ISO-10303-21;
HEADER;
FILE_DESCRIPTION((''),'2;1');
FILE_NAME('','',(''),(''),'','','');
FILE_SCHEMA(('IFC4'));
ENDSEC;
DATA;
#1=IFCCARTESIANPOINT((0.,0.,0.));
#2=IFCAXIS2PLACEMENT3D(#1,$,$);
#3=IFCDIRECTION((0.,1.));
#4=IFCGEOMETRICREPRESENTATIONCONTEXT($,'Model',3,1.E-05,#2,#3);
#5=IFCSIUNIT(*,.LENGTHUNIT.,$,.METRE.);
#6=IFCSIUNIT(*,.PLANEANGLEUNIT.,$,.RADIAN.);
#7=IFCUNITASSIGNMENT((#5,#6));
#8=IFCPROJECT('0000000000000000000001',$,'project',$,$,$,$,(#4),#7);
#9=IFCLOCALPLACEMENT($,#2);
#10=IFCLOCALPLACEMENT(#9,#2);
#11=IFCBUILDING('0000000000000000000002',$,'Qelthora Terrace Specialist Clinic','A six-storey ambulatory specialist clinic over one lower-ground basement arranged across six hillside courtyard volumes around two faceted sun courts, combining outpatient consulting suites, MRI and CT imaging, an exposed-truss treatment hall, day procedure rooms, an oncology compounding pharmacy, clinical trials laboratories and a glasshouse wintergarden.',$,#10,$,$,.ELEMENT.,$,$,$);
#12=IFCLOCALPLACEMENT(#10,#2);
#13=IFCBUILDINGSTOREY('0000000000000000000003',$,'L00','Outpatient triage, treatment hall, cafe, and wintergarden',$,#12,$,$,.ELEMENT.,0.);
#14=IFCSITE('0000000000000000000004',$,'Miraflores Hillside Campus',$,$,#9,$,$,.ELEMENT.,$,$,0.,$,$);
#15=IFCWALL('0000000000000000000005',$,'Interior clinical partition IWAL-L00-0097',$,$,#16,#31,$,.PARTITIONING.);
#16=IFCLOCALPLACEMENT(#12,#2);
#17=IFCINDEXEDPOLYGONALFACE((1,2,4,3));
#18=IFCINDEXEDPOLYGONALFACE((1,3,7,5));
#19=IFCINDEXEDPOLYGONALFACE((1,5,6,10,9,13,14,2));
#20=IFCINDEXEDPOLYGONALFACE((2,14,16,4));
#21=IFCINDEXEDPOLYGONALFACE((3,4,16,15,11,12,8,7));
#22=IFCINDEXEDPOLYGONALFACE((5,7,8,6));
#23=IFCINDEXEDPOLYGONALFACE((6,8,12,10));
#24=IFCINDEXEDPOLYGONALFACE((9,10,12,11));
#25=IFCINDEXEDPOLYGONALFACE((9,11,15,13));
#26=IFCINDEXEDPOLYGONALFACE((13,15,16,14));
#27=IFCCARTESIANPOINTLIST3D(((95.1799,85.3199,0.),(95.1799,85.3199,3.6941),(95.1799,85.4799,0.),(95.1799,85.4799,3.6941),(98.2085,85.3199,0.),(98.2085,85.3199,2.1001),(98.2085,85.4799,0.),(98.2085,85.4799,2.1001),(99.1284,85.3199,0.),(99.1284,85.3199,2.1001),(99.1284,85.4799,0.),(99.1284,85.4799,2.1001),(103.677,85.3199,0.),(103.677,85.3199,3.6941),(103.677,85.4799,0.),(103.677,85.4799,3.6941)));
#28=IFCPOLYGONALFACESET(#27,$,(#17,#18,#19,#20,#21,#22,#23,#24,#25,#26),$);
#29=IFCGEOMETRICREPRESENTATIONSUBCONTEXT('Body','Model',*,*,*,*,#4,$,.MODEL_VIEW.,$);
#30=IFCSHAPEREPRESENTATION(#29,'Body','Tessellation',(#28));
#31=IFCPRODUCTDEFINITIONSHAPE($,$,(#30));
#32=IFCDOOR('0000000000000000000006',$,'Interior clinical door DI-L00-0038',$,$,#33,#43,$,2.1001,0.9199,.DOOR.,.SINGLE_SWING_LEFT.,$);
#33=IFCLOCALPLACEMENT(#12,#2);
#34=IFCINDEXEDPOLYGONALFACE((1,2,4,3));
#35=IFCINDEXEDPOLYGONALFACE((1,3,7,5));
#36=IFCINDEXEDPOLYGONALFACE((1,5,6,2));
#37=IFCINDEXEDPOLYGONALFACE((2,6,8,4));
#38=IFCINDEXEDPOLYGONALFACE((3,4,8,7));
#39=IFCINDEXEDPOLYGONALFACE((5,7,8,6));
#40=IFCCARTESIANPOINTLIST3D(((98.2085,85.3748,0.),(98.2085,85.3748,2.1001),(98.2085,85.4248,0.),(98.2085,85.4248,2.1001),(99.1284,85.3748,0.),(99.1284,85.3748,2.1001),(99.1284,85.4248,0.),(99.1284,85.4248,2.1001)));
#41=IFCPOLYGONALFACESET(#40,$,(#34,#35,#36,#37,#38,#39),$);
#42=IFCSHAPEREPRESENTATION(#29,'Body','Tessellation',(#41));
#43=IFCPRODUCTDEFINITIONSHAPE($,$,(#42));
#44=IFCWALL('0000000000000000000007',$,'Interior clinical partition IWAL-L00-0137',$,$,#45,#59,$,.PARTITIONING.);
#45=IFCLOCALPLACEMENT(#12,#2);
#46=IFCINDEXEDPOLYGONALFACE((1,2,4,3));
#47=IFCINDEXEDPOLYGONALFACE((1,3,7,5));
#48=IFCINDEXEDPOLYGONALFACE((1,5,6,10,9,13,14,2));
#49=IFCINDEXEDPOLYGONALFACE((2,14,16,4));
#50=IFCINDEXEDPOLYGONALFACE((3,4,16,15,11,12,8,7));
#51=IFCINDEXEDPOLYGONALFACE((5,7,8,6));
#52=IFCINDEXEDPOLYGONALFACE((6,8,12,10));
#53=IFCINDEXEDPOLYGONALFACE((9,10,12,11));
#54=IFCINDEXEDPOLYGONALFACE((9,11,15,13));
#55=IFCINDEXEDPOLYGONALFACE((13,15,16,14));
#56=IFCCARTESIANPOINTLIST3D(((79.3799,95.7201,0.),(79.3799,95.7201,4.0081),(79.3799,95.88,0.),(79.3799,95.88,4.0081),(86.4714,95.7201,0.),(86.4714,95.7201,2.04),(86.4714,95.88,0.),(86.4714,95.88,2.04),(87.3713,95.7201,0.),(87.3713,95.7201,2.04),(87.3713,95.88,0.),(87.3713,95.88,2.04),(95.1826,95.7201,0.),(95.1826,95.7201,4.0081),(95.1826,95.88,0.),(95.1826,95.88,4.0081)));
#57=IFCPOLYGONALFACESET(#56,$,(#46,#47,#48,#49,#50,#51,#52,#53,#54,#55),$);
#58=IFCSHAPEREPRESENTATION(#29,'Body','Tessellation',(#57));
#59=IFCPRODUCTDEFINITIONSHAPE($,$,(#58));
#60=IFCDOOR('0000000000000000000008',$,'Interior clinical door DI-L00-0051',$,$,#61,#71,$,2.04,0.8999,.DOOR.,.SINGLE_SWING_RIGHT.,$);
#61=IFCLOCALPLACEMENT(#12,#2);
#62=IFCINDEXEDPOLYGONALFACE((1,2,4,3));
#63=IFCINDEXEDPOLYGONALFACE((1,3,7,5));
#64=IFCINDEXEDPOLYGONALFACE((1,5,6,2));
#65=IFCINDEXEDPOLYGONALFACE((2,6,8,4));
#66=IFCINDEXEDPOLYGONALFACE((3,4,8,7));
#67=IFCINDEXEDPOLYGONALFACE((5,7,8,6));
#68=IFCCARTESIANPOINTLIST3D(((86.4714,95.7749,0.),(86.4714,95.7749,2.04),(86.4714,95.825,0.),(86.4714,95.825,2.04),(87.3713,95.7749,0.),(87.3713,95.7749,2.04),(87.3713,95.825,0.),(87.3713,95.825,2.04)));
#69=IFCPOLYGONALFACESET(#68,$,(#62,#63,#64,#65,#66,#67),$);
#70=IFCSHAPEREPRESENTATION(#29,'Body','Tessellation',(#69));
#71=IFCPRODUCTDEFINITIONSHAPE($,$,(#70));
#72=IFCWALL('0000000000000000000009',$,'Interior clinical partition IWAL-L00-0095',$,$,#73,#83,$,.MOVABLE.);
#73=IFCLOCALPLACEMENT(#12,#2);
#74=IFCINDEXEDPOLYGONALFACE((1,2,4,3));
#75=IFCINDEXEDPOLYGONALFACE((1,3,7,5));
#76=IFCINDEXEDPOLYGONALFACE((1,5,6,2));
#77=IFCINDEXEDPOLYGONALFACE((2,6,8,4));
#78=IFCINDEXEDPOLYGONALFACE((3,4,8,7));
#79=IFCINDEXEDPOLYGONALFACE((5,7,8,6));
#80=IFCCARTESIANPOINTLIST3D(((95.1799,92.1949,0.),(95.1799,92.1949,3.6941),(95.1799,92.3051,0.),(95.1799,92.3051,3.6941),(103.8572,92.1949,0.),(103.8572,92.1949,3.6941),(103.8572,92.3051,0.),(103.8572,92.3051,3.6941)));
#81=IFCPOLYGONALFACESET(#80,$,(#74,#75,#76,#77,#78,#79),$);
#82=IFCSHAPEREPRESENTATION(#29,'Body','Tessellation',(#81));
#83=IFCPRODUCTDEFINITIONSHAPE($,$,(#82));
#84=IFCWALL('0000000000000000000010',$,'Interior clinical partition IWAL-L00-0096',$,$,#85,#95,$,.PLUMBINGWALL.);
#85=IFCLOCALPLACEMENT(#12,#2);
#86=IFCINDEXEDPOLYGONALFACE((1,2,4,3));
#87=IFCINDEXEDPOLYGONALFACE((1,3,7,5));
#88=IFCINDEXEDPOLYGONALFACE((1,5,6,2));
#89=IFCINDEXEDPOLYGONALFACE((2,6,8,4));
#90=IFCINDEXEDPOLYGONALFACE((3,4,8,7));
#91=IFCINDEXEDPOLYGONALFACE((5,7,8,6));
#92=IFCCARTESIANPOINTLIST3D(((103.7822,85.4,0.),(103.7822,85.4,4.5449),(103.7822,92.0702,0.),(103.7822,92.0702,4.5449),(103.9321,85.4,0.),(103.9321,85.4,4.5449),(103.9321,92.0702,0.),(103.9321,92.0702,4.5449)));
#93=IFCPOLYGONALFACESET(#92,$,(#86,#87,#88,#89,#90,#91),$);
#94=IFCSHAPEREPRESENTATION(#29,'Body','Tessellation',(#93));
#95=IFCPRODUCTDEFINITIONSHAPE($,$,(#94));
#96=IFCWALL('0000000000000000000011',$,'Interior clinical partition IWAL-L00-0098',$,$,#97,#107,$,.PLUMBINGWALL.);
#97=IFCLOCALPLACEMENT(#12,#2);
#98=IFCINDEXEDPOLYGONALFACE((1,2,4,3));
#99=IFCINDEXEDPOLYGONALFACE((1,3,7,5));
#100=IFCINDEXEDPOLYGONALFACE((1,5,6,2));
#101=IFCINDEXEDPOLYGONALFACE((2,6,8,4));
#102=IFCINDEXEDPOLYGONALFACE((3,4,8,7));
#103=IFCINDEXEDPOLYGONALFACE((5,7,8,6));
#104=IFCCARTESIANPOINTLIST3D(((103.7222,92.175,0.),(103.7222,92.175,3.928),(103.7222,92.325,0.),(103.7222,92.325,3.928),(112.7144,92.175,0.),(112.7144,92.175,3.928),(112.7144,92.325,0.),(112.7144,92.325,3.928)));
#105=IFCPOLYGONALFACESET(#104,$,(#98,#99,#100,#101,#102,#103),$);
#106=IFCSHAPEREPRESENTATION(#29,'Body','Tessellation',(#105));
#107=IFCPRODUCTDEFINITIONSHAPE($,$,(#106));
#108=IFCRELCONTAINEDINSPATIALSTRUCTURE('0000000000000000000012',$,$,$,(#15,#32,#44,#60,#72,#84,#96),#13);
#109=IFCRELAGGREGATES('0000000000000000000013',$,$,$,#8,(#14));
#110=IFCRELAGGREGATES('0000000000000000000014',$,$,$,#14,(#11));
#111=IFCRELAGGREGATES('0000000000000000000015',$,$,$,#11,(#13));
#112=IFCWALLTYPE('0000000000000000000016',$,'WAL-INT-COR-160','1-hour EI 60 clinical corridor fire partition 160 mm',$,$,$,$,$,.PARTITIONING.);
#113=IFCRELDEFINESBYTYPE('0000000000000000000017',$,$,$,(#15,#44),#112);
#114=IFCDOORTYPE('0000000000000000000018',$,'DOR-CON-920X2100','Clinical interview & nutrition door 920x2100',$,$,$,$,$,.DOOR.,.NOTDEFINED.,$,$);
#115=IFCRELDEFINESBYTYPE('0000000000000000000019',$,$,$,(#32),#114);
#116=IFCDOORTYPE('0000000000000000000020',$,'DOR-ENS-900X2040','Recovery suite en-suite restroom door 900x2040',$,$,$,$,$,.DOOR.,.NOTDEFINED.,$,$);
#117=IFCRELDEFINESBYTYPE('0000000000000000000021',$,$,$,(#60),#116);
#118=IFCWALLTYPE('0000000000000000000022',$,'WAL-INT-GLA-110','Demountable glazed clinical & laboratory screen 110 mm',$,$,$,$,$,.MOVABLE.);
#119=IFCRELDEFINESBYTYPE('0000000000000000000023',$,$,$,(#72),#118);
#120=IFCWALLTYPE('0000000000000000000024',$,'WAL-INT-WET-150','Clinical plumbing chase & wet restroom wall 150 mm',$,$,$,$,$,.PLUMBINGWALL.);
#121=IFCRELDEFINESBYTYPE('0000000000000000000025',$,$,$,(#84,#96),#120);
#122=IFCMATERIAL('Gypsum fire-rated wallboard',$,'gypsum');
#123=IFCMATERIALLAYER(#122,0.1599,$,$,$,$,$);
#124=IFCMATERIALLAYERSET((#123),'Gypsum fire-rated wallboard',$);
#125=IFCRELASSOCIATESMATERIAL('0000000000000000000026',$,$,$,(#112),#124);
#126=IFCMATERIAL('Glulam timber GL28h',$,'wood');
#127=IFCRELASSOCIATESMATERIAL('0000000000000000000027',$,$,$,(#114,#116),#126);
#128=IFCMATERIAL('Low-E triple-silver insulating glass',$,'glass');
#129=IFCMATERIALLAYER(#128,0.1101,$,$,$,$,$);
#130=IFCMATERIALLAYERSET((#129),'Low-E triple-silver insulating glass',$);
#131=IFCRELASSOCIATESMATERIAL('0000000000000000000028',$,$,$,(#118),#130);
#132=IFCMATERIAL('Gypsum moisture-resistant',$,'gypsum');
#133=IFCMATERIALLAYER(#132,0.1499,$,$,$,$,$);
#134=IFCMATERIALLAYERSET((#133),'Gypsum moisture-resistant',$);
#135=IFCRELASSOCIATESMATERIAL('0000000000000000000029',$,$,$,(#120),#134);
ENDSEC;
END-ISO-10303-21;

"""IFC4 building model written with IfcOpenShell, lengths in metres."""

from ifc_helpers import new_model, si_unit, direction, frame, frame_2d, origin, place, context, subcontext, project, spatial, rectangle, extrude, material, layer, layer_set, type_object, element, fill, save


model = new_model("IFC4")

# Units and contexts
model_context = context("Model", 3, precision=1e-05, world=origin(), true_north=direction((0.0, 1.0)))
body_context = subcontext(model_context, "Body", "Model", "MODEL_VIEW")
ifc_project = project(units=[si_unit("LENGTHUNIT", "METRE"), si_unit("PLANEANGLEUNIT", "RADIAN")], contexts=[model_context])

# Site, building, storey
site_placement = place(None, origin())
site = spatial("IfcSite", under=ifc_project, at=site_placement, Name="Miraflores Hillside Campus", CompositionType="ELEMENT", RefElevation=0.0)
building_placement = place(site_placement, origin())
building = spatial("IfcBuilding", under=site, at=building_placement, Name="Qelthora Terrace Specialist Clinic", Description="A six-storey ambulatory specialist clinic over one lower-ground basement arranged across six hillside courtyard volumes around two faceted sun courts, combining outpatient consulting suites, MRI and CT imaging, an exposed-truss treatment hall, day procedure rooms, an oncology compounding pharmacy, clinical trials laboratories and a glasshouse wintergarden.", CompositionType="ELEMENT")
storey_placement = place(building_placement, origin())
storey = spatial("IfcBuildingStorey", under=building, at=storey_placement, Name="L00", Description="Outpatient triage, treatment hall, cafe, and wintergarden", CompositionType="ELEMENT", Elevation=0.0)

# Shared definitions
ifc_material_1 = material(Name="Gypsum fire-rated wallboard", Category="gypsum")

# Walls, openings, doors
ifc_layer_1 = layer(ifc_material_1, 0.1599)
ifc_layer_set_1 = layer_set([ifc_layer_1], Name="Gypsum fire-rated wallboard")
wall_type_1 = type_object("IfcWallType", Name="WAL-INT-COR-160", Description="1-hour EI 60 clinical corridor fire partition 160 mm", PredefinedType="PARTITIONING", material=ifc_layer_set_1)
wall_1_placement = place(storey_placement, frame((103.677, 85.3999, 0.0), z_axis=(0.0, 0.0, 1.0), x_axis=(-1.0, 0.0, 0.0)))
wall_1 = element("IfcWall", 1, at=wall_1_placement, inside=storey, type_object=wall_type_1, Name="Interior clinical partition IWAL-L00-0097", PredefinedType="PARTITIONING", context=body_context, shape_type="SweptSolid", body=[
    extrude(rectangle(XDim=8.4971, YDim=0.1599, at=frame_2d((4.2485, 0.0))), origin(), (0.0, 0.0, 1.0), 3.6941),
])
opening_1_placement = place(wall_1_placement, frame((4.5486, 0.0, 0.0)))
opening_1 = element("IfcOpeningElement", 2, at=opening_1_placement, cuts=wall_1, PredefinedType="OPENING", context=body_context, shape_type="SweptSolid", body=[
    extrude(rectangle(XDim=0.9199, YDim=2.1001, at=frame_2d((0.46, 1.05))), frame((0.0, 0.0898, 0.0), z_axis=(0.0, -1.0, 0.0), x_axis=(1.0, 0.0, 0.0)), (0.0, 0.0, 1.0), 0.1799),
])
ifc_material_2 = material(Name="Glulam timber GL28h", Category="wood")
door_type_1 = type_object("IfcDoorType", Name="DOR-CON-920X2100", Description="Clinical interview & nutrition door 920x2100", OperationType="NOTDEFINED", PredefinedType="DOOR", material=ifc_material_2)
door_1_placement = place(opening_1_placement, frame((0.9199, 0.0, 0.0), z_axis=(0.0, 0.0, 1.0), x_axis=(-1.0, 0.0, 0.0)))
door_1 = element("IfcDoor", 3, at=door_1_placement, inside=storey, type_object=door_type_1, Name="Interior clinical door DI-L00-0038", OperationType="SINGLE_SWING_LEFT", OverallHeight=2.1001, OverallWidth=0.9199, PredefinedType="DOOR", context=body_context, shape_type="SweptSolid", body=[
    extrude(rectangle(XDim=0.9199, YDim=2.1001, at=frame_2d((0.46, 1.05))), frame((0.0, 0.0249, 0.0), z_axis=(0.0, -1.0, 0.0), x_axis=(1.0, 0.0, 0.0)), (0.0, 0.0, 1.0), 0.05),
])
fill(opening_1, door_1)
wall_2_placement = place(storey_placement, frame((95.1826, 95.8, 0.0), z_axis=(0.0, 0.0, 1.0), x_axis=(-1.0, 0.0, 0.0)))
wall_2 = element("IfcWall", 4, at=wall_2_placement, inside=storey, type_object=wall_type_1, Name="Interior clinical partition IWAL-L00-0137", PredefinedType="PARTITIONING", context=body_context, shape_type="SweptSolid", body=[
    extrude(rectangle(XDim=15.8027, YDim=0.1599, at=frame_2d((7.9014, 0.0))), origin(), (0.0, 0.0, 1.0), 4.0081),
])
opening_2_placement = place(wall_2_placement, frame((7.8113, 0.0, 0.0)))
opening_2 = element("IfcOpeningElement", 5, at=opening_2_placement, cuts=wall_2, PredefinedType="OPENING", context=body_context, shape_type="SweptSolid", body=[
    extrude(rectangle(XDim=0.8999, YDim=2.04, at=frame_2d((0.45, 1.02))), frame((0.0, 0.0898, 0.0), z_axis=(0.0, -1.0, 0.0), x_axis=(1.0, 0.0, 0.0)), (0.0, 0.0, 1.0), 0.1799),
])
door_type_2 = type_object("IfcDoorType", Name="DOR-ENS-900X2040", Description="Recovery suite en-suite restroom door 900x2040", OperationType="NOTDEFINED", PredefinedType="DOOR", material=ifc_material_2)
door_2_placement = place(opening_2_placement, frame((0.8999, 0.0, 0.0), z_axis=(0.0, 0.0, 1.0), x_axis=(-1.0, 0.0, 0.0)))
door_2 = element("IfcDoor", 6, at=door_2_placement, inside=storey, type_object=door_type_2, Name="Interior clinical door DI-L00-0051", OperationType="SINGLE_SWING_RIGHT", OverallHeight=2.04, OverallWidth=0.8999, PredefinedType="DOOR", context=body_context, shape_type="SweptSolid", body=[
    extrude(rectangle(XDim=0.8999, YDim=2.04, at=frame_2d((0.45, 1.02))), frame((0.0, 0.0249, 0.0), z_axis=(0.0, -1.0, 0.0), x_axis=(1.0, 0.0, 0.0)), (0.0, 0.0, 1.0), 0.05),
])
fill(opening_2, door_2)

# Walls
ifc_material_3 = material(Name="Low-E triple-silver insulating glass", Category="glass")
ifc_layer_2 = layer(ifc_material_3, 0.1101)
ifc_layer_set_2 = layer_set([ifc_layer_2], Name="Low-E triple-silver insulating glass")
wall_type_2 = type_object("IfcWallType", Name="WAL-INT-GLA-110", Description="Demountable glazed clinical & laboratory screen 110 mm", PredefinedType="MOVABLE", material=ifc_layer_set_2)
wall_3_placement = place(storey_placement, frame((95.1799, 92.25, 0.0), z_axis=(0.0, 0.0, 1.0), x_axis=(1.0, 0.0, 0.0)))
element("IfcWall", 7, at=wall_3_placement, inside=storey, type_object=wall_type_2, Name="Interior clinical partition IWAL-L00-0095", PredefinedType="MOVABLE", context=body_context, shape_type="SweptSolid", body=[
    extrude(rectangle(XDim=8.6772, YDim=0.1101, at=frame_2d((4.3386, 0.0))), origin(), (0.0, 0.0, 1.0), 3.6941),
])
ifc_material_4 = material(Name="Gypsum moisture-resistant", Category="gypsum")
ifc_layer_3 = layer(ifc_material_4, 0.1499)
ifc_layer_set_3 = layer_set([ifc_layer_3], Name="Gypsum moisture-resistant")
wall_type_3 = type_object("IfcWallType", Name="WAL-INT-WET-150", Description="Clinical plumbing chase & wet restroom wall 150 mm", PredefinedType="PLUMBINGWALL", material=ifc_layer_set_3)
wall_4_placement = place(storey_placement, frame((103.8572, 92.0701, 0.0), z_axis=(0.0, 0.0, 1.0), x_axis=(0.0, -1.0, 0.0)))
element("IfcWall", 8, at=wall_4_placement, inside=storey, type_object=wall_type_3, Name="Interior clinical partition IWAL-L00-0096", PredefinedType="PLUMBINGWALL", context=body_context, shape_type="SweptSolid", body=[
    extrude(rectangle(XDim=6.6702, YDim=0.1499, at=frame_2d((3.335, 0.0))), origin(), (0.0, 0.0, 1.0), 4.5449),
])
wall_5_placement = place(storey_placement, frame((103.7222, 92.25, 0.0), z_axis=(0.0, 0.0, 1.0), x_axis=(1.0, 0.0, 0.0)))
element("IfcWall", 9, at=wall_5_placement, inside=storey, type_object=wall_type_3, Name="Interior clinical partition IWAL-L00-0098", PredefinedType="PLUMBINGWALL", context=body_context, shape_type="SweptSolid", body=[
    extrude(rectangle(XDim=8.9922, YDim=0.1499, at=frame_2d((4.4961, 0.0))), origin(), (0.0, 0.0, 1.0), 3.928),
])

save(model, "model.ifc")
